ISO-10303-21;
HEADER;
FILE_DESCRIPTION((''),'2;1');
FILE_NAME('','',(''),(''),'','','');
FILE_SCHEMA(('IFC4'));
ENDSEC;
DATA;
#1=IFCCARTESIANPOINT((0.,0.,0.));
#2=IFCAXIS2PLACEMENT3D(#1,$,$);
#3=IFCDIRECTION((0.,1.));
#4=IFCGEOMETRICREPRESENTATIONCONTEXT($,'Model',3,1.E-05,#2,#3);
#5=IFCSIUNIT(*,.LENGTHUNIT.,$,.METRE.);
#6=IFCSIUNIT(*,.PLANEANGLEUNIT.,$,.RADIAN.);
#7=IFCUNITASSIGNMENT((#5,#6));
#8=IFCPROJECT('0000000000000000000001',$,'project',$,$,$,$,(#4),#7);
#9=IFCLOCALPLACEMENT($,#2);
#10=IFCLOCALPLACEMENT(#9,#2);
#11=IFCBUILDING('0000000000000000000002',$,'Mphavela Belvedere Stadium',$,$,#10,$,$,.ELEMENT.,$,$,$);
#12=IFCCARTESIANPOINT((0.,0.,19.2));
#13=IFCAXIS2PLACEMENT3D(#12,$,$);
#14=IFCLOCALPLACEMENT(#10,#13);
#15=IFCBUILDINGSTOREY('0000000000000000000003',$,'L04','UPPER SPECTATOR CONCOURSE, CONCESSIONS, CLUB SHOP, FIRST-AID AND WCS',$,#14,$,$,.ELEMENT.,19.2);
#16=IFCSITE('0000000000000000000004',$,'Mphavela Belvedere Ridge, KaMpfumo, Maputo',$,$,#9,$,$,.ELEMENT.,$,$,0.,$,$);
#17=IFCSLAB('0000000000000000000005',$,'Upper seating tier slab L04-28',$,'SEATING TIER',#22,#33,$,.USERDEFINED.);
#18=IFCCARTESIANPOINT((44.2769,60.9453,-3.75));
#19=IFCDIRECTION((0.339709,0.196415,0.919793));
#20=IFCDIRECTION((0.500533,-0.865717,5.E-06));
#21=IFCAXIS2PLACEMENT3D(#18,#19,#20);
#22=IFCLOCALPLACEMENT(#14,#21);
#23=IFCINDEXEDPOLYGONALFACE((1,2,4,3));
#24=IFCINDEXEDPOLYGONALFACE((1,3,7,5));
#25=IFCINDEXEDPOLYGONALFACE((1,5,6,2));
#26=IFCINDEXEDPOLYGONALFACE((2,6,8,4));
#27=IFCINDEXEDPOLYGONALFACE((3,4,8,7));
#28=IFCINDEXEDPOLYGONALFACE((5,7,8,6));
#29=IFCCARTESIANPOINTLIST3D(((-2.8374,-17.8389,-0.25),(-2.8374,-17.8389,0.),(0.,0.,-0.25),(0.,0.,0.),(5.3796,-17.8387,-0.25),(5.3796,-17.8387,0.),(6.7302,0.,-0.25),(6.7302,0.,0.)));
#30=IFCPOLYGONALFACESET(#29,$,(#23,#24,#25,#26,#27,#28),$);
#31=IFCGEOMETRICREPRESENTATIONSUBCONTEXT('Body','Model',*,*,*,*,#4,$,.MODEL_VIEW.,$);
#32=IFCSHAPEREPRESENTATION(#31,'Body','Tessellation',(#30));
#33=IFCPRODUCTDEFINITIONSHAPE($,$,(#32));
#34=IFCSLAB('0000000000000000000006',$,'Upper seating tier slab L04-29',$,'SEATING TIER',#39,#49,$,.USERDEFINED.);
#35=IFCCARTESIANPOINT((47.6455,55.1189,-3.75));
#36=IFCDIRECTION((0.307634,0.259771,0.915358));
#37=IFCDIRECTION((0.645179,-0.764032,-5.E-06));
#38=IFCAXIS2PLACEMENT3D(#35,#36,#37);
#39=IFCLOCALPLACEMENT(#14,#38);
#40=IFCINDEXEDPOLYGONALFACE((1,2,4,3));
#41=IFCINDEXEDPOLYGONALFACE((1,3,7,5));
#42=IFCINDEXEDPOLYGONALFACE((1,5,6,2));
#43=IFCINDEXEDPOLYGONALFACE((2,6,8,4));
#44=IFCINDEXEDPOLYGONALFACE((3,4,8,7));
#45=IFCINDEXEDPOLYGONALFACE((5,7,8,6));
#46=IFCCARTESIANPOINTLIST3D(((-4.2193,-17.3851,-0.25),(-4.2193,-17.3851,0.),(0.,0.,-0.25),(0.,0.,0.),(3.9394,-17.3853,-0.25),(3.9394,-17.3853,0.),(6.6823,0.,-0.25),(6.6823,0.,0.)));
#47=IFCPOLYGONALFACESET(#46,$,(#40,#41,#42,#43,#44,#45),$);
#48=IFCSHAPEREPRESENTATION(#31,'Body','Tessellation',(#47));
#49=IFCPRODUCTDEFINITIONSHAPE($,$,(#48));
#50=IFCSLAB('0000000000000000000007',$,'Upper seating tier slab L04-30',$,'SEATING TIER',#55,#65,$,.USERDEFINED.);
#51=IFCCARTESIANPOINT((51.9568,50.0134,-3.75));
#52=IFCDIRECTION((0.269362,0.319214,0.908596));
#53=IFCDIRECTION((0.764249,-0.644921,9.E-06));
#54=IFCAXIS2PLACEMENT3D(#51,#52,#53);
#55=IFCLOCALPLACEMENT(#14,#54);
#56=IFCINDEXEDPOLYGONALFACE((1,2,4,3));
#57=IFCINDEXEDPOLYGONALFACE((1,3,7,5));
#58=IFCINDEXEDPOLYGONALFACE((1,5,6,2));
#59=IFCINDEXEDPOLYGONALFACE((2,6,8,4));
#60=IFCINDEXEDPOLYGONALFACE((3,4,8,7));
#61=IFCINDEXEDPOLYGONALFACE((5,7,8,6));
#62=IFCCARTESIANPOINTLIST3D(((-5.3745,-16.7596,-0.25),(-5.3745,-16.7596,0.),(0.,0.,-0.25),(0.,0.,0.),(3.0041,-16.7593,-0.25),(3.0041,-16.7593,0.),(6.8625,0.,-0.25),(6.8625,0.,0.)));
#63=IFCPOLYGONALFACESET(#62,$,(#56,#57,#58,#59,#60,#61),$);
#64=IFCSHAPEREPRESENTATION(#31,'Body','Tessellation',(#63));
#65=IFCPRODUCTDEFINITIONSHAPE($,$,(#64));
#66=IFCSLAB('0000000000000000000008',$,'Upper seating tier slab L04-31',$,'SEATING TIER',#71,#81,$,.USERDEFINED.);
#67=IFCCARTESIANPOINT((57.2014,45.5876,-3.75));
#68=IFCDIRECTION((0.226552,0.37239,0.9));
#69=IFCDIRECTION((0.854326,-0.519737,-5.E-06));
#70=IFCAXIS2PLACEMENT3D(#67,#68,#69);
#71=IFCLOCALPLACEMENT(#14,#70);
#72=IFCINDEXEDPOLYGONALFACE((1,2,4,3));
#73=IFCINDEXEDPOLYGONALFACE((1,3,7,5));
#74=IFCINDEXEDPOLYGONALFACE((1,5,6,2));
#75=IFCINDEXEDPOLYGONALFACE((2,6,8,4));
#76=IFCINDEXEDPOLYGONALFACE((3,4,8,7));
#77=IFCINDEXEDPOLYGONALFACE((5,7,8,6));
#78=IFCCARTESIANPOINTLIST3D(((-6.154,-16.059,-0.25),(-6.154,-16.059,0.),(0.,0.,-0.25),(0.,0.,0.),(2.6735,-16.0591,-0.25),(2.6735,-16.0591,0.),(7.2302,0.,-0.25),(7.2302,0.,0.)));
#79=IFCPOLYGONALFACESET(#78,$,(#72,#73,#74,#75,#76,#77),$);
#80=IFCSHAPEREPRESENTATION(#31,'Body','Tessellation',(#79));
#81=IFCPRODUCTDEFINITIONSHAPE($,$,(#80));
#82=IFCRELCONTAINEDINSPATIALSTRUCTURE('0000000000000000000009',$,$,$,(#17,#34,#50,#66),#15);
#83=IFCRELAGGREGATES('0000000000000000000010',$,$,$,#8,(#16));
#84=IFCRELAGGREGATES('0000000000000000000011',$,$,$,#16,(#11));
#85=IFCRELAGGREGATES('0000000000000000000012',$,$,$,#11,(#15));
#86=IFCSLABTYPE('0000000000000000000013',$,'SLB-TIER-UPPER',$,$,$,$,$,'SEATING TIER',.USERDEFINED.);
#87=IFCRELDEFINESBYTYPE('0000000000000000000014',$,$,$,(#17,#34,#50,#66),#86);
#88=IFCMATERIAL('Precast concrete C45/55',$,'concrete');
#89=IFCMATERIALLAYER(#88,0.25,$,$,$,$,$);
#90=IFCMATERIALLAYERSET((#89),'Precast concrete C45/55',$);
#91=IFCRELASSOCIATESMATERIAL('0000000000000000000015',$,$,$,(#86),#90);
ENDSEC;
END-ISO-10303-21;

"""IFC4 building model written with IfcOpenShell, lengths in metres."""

from ifc_helpers import new_model, si_unit, direction, frame, origin, place, context, subcontext, project, spatial, polyline, outline, extrude, material, layer, layer_set, type_object, element, save


model = new_model("IFC4")

# Units and contexts
model_context = context("Model", 3, precision=1e-05, world=origin(), true_north=direction((0.0, 1.0)))
body_context = subcontext(model_context, "Body", "Model", "MODEL_VIEW")
ifc_project = project(units=[si_unit("LENGTHUNIT", "METRE"), si_unit("PLANEANGLEUNIT", "RADIAN")], contexts=[model_context])

# Site, building, storey
site_placement = place(None, origin())
site = spatial("IfcSite", under=ifc_project, at=site_placement, Name="Mphavela Belvedere Ridge, KaMpfumo, Maputo", CompositionType="ELEMENT", RefElevation=0.0)
building_placement = place(site_placement, origin())
building = spatial("IfcBuilding", under=site, at=building_placement, Name="Mphavela Belvedere Stadium", CompositionType="ELEMENT")
storey_placement = place(building_placement, frame((0.0, 0.0, 19.2)))
storey = spatial("IfcBuildingStorey", under=building, at=storey_placement, Name="L04", Description="UPPER SPECTATOR CONCOURSE, CONCESSIONS, CLUB SHOP, FIRST-AID AND WCS", CompositionType="ELEMENT", Elevation=19.2)

# Slabs
ifc_material_1 = material(Name="Precast concrete C45/55", Category="concrete")
ifc_layer_1 = layer(ifc_material_1, 0.25)
ifc_layer_set_1 = layer_set([ifc_layer_1], Name="Precast concrete C45/55")
slab_type = type_object("IfcSlabType", Name="SLB-TIER-UPPER", ElementType="SEATING TIER", PredefinedType="USERDEFINED", material=ifc_layer_set_1)
slab_1_placement = place(storey_placement, frame((44.2769, 60.9453, -3.75), z_axis=(0.339709, 0.196415, 0.919793), x_axis=(0.500533, -0.865717, 0.000005)))
element("IfcSlab", 1, at=slab_1_placement, inside=storey, type_object=slab_type, Name="Upper seating tier slab L04-28", ObjectType="SEATING TIER", PredefinedType="USERDEFINED", context=body_context, shape_type="SweptSolid", body=[
    extrude(outline(polyline([(0.0, 0.0), (6.7302, 0.0), (5.3796, -17.8387), (-2.8374, -17.8389), (0.0, 0.0)])), origin(), (0.0, 0.0, -1.0), 0.25),
])
slab_2_placement = place(storey_placement, frame((47.6455, 55.1189, -3.75), z_axis=(0.307634, 0.259771, 0.915358), x_axis=(0.645179, -0.764032, -0.000005)))
element("IfcSlab", 2, at=slab_2_placement, inside=storey, type_object=slab_type, Name="Upper seating tier slab L04-29", ObjectType="SEATING TIER", PredefinedType="USERDEFINED", context=body_context, shape_type="SweptSolid", body=[
    extrude(outline(polyline([(0.0, 0.0), (6.6823, 0.0), (3.9394, -17.3853), (-4.2193, -17.3851), (0.0, 0.0)])), origin(), (0.0, 0.0, -1.0), 0.25),
])
slab_3_placement = place(storey_placement, frame((51.9568, 50.0134, -3.75), z_axis=(0.269362, 0.319214, 0.908596), x_axis=(0.764249, -0.644921, 0.000009)))
element("IfcSlab", 3, at=slab_3_placement, inside=storey, type_object=slab_type, Name="Upper seating tier slab L04-30", ObjectType="SEATING TIER", PredefinedType="USERDEFINED", context=body_context, shape_type="SweptSolid", body=[
    extrude(outline(polyline([(0.0, 0.0), (6.8625, 0.0), (3.0041, -16.7593), (-5.3745, -16.7596), (0.0, 0.0)])), origin(), (0.0, 0.0, -1.0), 0.25),
])
slab_4_placement = place(storey_placement, frame((57.2014, 45.5876, -3.75), z_axis=(0.226552, 0.37239, 0.9), x_axis=(0.854326, -0.519737, -0.000005)))
element("IfcSlab", 4, at=slab_4_placement, inside=storey, type_object=slab_type, Name="Upper seating tier slab L04-31", ObjectType="SEATING TIER", PredefinedType="USERDEFINED", context=body_context, shape_type="SweptSolid", body=[
    extrude(outline(polyline([(0.0, 0.0), (7.2302, 0.0), (2.6735, -16.0591), (-6.154, -16.059), (0.0, 0.0)])), origin(), (0.0, 0.0, -1.0), 0.25),
])

save(model, "model.ifc")
